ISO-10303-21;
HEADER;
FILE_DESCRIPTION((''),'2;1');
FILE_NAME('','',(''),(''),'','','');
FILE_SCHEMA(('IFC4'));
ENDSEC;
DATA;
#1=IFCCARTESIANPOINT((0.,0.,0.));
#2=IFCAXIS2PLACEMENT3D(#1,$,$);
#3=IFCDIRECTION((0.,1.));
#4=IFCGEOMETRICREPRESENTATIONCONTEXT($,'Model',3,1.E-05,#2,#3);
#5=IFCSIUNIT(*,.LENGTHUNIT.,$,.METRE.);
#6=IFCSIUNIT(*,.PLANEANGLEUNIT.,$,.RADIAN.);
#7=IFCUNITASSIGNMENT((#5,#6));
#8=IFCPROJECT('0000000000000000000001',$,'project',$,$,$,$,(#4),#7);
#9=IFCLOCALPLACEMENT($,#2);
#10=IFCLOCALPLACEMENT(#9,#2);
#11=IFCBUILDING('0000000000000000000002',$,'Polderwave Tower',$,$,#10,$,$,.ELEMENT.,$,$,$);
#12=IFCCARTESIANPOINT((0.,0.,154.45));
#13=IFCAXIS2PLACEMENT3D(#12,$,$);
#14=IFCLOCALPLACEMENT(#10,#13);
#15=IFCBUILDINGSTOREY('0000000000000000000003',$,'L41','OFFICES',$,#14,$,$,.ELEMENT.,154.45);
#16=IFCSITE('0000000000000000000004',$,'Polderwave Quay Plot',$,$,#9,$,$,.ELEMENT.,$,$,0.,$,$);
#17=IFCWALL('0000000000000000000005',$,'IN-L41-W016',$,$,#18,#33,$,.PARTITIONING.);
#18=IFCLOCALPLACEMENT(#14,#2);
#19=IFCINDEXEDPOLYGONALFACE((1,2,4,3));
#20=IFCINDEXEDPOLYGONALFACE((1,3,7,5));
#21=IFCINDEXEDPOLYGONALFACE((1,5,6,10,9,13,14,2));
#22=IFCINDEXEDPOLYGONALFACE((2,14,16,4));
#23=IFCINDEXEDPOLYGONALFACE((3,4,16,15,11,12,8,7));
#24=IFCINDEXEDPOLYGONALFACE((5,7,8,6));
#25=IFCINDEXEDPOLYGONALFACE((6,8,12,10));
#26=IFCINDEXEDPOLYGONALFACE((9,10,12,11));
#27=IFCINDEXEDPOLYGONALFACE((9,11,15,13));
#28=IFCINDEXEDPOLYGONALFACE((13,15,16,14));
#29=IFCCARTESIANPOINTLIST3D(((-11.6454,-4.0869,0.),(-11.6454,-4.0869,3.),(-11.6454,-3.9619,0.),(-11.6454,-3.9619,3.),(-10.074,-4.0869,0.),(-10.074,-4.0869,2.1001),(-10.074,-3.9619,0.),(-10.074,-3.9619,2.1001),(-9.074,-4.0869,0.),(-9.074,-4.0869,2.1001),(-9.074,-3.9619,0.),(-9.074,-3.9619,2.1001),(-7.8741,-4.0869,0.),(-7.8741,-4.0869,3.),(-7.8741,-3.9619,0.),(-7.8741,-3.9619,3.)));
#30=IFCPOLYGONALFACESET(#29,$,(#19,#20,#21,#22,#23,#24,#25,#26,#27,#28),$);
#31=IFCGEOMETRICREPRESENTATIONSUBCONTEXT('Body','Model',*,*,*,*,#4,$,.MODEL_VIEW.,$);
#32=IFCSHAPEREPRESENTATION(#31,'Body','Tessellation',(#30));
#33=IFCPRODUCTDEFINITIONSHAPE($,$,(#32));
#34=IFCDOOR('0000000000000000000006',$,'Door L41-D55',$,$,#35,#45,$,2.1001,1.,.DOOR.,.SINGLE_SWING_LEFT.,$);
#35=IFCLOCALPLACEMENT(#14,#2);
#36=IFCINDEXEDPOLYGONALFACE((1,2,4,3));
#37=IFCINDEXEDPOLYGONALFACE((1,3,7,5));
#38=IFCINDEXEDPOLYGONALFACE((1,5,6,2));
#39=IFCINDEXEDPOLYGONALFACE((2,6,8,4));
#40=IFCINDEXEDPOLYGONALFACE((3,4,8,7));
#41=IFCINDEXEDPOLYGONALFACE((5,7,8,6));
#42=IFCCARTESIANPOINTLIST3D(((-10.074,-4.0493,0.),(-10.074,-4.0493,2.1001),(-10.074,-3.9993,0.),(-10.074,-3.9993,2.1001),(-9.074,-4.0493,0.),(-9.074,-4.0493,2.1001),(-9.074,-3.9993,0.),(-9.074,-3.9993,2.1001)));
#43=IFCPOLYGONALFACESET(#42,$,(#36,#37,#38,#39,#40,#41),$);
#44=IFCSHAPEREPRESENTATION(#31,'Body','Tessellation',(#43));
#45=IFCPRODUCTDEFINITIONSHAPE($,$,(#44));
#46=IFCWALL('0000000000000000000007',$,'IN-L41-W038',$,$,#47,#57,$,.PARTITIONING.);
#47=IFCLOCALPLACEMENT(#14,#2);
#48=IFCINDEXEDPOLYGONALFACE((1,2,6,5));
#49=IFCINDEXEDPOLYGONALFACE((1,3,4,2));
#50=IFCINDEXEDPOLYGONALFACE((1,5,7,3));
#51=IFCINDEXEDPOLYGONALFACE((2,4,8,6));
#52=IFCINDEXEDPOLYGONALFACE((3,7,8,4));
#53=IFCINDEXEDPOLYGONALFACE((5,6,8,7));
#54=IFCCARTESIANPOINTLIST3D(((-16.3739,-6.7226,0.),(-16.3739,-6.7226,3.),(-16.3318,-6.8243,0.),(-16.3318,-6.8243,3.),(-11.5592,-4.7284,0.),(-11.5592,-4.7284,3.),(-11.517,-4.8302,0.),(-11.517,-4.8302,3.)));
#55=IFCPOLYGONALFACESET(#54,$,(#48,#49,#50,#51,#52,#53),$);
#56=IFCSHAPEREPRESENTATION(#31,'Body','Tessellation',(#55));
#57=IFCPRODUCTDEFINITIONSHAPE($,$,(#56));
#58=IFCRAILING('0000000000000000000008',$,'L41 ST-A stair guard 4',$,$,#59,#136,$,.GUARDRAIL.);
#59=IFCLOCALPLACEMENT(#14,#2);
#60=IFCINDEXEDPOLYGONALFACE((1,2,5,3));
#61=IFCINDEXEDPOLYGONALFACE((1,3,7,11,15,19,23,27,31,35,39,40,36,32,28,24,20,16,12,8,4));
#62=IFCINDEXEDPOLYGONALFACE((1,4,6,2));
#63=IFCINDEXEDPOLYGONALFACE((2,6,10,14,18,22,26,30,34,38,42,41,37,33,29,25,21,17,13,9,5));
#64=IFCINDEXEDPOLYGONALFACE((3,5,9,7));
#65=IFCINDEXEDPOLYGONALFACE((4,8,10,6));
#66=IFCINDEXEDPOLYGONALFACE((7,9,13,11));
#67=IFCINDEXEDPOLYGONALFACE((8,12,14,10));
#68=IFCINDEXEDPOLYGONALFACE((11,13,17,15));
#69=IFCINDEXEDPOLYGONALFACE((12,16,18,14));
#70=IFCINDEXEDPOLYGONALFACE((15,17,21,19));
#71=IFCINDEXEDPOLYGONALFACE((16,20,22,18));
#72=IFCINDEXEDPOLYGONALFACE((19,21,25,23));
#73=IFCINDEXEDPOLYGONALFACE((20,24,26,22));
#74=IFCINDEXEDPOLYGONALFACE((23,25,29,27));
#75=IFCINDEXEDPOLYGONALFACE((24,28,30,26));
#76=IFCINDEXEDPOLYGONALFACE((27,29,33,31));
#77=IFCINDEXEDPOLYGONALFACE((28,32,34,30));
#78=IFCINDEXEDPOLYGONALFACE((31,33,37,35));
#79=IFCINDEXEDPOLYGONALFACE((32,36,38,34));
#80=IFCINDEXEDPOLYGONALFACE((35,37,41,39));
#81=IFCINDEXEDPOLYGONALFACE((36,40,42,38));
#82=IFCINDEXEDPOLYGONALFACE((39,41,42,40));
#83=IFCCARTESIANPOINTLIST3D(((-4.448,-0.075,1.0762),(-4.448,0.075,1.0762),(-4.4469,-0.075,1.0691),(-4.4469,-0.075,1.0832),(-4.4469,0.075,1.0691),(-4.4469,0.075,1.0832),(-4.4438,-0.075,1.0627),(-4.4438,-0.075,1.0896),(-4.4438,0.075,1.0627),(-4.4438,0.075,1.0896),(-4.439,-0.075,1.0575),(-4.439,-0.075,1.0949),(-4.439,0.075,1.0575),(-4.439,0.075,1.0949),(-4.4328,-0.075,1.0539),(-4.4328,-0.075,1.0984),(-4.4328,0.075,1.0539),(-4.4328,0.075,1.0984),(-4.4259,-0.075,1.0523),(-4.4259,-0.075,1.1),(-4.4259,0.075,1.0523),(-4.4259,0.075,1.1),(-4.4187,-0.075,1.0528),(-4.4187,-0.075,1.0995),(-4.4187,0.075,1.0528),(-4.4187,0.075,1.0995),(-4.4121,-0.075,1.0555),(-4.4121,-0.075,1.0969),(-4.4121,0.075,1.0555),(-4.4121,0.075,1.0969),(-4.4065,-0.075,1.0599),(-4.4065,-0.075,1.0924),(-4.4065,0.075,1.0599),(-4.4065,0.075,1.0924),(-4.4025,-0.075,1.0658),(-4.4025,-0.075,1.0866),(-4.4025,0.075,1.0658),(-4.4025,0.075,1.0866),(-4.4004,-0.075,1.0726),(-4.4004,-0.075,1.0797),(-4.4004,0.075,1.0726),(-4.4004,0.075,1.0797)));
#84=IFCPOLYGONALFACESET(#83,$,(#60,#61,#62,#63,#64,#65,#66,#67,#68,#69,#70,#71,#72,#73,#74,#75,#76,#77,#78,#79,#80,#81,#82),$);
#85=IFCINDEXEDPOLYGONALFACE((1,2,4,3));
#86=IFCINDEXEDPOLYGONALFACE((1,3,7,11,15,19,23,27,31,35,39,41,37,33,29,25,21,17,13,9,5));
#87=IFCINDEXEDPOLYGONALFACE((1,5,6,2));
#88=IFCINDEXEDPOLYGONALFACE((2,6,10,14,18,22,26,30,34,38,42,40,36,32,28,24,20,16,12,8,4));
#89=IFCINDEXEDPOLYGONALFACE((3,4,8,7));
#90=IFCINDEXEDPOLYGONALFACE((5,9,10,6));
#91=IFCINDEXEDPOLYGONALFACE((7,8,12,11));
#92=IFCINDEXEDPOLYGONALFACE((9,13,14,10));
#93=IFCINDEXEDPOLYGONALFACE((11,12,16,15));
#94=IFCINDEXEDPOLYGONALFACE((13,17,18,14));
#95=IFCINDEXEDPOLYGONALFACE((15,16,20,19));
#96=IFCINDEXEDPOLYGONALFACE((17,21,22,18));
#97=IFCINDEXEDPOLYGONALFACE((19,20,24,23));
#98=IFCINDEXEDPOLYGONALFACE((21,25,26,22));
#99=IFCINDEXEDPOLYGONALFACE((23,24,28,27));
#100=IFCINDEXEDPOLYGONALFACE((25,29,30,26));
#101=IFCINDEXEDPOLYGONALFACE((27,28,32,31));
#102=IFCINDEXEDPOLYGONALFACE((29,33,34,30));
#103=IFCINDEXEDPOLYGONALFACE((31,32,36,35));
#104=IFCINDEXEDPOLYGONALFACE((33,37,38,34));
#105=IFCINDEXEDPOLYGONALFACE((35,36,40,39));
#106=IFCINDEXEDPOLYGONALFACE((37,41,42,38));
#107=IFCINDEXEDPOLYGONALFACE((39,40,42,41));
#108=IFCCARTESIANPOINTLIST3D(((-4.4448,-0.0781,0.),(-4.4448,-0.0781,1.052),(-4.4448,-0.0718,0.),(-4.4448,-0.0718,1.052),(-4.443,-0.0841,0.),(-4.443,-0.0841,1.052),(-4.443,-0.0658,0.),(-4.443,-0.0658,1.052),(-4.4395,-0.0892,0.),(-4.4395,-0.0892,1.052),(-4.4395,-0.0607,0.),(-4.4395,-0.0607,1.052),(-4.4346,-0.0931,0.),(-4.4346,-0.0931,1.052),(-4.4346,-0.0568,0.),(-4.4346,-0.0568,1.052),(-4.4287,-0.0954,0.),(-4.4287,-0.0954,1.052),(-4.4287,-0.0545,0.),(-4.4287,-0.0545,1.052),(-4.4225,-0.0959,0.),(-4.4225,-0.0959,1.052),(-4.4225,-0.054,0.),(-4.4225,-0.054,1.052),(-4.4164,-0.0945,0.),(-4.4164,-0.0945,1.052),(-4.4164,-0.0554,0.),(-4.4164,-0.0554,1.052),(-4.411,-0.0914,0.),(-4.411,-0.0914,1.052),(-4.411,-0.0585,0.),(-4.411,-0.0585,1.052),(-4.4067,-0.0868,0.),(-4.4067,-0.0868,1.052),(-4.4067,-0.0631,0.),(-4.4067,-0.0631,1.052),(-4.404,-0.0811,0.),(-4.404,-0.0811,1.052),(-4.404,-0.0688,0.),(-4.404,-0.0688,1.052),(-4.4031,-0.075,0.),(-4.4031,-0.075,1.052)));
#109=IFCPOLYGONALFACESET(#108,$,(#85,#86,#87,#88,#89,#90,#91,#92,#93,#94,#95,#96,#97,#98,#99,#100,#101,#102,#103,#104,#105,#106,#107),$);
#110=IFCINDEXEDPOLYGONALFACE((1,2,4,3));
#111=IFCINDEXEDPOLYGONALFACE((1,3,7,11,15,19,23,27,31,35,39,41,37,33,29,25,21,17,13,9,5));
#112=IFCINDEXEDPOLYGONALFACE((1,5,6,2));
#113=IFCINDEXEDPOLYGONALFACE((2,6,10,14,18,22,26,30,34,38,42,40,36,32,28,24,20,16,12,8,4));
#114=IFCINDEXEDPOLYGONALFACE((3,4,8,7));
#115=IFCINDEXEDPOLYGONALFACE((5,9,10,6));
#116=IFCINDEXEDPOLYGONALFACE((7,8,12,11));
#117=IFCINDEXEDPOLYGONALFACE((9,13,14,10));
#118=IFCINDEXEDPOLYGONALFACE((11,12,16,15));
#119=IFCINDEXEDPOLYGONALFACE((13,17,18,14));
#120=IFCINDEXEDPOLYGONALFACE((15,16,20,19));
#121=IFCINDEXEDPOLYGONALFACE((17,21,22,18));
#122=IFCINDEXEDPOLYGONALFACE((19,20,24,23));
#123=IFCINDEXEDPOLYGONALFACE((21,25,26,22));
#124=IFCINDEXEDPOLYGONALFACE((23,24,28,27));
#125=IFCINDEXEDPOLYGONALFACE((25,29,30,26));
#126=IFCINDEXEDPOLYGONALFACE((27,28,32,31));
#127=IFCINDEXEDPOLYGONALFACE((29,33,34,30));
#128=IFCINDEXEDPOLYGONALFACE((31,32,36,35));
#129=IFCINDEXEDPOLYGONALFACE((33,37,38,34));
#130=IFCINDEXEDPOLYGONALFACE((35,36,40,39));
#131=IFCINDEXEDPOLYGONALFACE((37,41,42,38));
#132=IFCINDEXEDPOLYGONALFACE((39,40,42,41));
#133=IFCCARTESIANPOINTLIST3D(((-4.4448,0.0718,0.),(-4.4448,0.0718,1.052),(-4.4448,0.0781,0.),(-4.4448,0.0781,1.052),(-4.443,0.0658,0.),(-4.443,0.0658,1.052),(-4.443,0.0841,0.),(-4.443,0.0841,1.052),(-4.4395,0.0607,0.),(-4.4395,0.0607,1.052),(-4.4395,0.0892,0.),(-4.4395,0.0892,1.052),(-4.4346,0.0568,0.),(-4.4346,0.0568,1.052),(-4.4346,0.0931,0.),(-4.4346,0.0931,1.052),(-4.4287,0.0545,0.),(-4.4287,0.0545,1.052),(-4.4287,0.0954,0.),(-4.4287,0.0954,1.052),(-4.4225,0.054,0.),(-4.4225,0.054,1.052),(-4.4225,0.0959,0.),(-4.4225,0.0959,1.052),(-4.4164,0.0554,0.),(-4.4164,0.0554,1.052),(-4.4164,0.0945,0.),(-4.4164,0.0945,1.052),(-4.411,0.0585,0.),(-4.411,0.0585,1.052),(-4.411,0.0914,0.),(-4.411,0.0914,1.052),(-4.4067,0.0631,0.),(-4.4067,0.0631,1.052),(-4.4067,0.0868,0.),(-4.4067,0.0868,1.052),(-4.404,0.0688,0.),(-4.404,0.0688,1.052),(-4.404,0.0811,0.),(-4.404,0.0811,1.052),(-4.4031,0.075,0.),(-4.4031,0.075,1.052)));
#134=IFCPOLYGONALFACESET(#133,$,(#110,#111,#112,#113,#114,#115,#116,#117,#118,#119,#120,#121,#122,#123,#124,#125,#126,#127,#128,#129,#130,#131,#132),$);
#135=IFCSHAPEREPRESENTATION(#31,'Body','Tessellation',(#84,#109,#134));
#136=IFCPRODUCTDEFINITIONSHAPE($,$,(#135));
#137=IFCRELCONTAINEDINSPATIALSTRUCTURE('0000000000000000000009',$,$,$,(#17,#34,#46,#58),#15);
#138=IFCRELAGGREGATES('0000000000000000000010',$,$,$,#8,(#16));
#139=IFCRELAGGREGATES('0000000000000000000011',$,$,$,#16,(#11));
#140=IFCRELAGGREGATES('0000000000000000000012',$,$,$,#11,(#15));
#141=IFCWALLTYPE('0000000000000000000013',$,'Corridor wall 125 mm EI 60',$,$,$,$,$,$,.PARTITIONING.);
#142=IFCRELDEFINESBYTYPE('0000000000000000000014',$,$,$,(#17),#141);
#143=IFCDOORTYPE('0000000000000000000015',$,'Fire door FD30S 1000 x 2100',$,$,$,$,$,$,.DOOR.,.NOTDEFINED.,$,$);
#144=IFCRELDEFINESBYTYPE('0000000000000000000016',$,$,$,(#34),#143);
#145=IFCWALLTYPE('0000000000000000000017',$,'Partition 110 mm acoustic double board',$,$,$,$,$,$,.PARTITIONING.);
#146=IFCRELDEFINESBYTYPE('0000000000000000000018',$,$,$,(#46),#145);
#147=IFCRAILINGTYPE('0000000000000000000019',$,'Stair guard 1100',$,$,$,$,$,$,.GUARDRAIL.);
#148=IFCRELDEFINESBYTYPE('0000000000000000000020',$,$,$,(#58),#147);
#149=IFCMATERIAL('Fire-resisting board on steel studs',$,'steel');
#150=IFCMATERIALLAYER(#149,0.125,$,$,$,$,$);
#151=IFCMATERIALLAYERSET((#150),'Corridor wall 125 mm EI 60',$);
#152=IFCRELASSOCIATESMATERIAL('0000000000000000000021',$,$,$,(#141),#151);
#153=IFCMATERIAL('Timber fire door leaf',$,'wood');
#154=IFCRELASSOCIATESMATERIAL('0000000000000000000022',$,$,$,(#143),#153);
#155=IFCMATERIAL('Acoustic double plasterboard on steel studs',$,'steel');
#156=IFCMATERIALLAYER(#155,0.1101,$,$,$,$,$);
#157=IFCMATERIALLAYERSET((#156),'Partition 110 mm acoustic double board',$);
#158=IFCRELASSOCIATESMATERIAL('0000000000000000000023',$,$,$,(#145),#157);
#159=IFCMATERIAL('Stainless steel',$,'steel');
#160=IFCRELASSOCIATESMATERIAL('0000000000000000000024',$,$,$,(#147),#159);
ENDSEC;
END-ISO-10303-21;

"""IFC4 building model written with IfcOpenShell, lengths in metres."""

from ifc_helpers import new_model, si_unit, direction, frame, frame_2d, origin, origin_2d, place, context, subcontext, project, spatial, rectangle, circle, extrude, material, layer, layer_set, type_object, element, fill, save


model = new_model("IFC4")

# Units and contexts
model_context = context("Model", 3, precision=1e-05, world=origin(), true_north=direction((0.0, 1.0)))
body_context = subcontext(model_context, "Body", "Model", "MODEL_VIEW")
ifc_project = project(units=[si_unit("LENGTHUNIT", "METRE"), si_unit("PLANEANGLEUNIT", "RADIAN")], contexts=[model_context])

# Site, building, storey
site_placement = place(None, origin())
site = spatial("IfcSite", under=ifc_project, at=site_placement, Name="Polderwave Quay Plot", CompositionType="ELEMENT", RefElevation=0.0)
building_placement = place(site_placement, origin())
building = spatial("IfcBuilding", under=site, at=building_placement, Name="Polderwave Tower", CompositionType="ELEMENT")
storey_placement = place(building_placement, frame((0.0, 0.0, 154.45)))
storey = spatial("IfcBuildingStorey", under=building, at=storey_placement, Name="L41", Description="OFFICES", CompositionType="ELEMENT", Elevation=154.45)

# Shared definitions
ifc_material_1 = material(Name="Stainless steel", Category="steel")

# Wall, opening, door
ifc_material_2 = material(Name="Fire-resisting board on steel studs", Category="steel")
ifc_layer_1 = layer(ifc_material_2, 0.125)
ifc_layer_set_1 = layer_set([ifc_layer_1], Name="Corridor wall 125 mm EI 60")
wall_type_1 = type_object("IfcWallType", Name="Corridor wall 125 mm EI 60", PredefinedType="PARTITIONING", material=ifc_layer_set_1)
wall_1_placement = place(storey_placement, frame((-7.874, -4.0244, 0.0), z_axis=(0.0, 0.0, 1.0), x_axis=(-1.0, 0.0, 0.0)))
wall_1 = element("IfcWall", 1, at=wall_1_placement, inside=storey, type_object=wall_type_1, Name="IN-L41-W016", PredefinedType="PARTITIONING", context=body_context, shape_type="SweptSolid", body=[
    extrude(rectangle(XDim=3.7712, YDim=0.125, at=frame_2d((1.8857, 0.0))), origin(), (0.0, 0.0, 1.0), 3.0),
])
opening_1_placement = place(wall_1_placement, frame((1.2, 0.0, 0.0)))
opening_1 = element("IfcOpeningElement", 2, at=opening_1_placement, cuts=wall_1, PredefinedType="OPENING", context=body_context, shape_type="SweptSolid", body=[
    extrude(rectangle(XDim=1.0, YDim=2.1001, at=frame_2d((0.5, 1.05))), frame((0.0, 0.0725, 0.0), z_axis=(0.0, -1.0, 0.0), x_axis=(1.0, 0.0, 0.0)), (0.0, 0.0, 1.0), 0.145),
])
ifc_material_3 = material(Name="Timber fire door leaf", Category="wood")
door_type_1 = type_object("IfcDoorType", Name="Fire door FD30S 1000 x 2100", OperationType="NOTDEFINED", PredefinedType="DOOR", material=ifc_material_3)
door_1_placement = place(opening_1_placement, origin())
door_1 = element("IfcDoor", 3, at=door_1_placement, inside=storey, type_object=door_type_1, Name="Door L41-D55", OperationType="SINGLE_SWING_LEFT", OverallHeight=2.1001, OverallWidth=1.0, PredefinedType="DOOR", context=body_context, shape_type="SweptSolid", body=[
    extrude(rectangle(XDim=1.0, YDim=2.1001, at=frame_2d((0.5, 1.05))), frame((0.0, 0.0249, 0.0), z_axis=(0.0, -1.0, 0.0), x_axis=(1.0, 0.0, 0.0)), (0.0, 0.0, 1.0), 0.05),
])
fill(opening_1, door_1)

# Wall
ifc_material_4 = material(Name="Acoustic double plasterboard on steel studs", Category="steel")
ifc_layer_2 = layer(ifc_material_4, 0.1101)
ifc_layer_set_2 = layer_set([ifc_layer_2], Name="Partition 110 mm acoustic double board")
wall_type_2 = type_object("IfcWallType", Name="Partition 110 mm acoustic double board", PredefinedType="PARTITIONING", material=ifc_layer_set_2)
wall_2_placement = place(storey_placement, frame((-11.5381, -4.7793, 0.0), z_axis=(0.0, 0.0, 1.0), x_axis=(-0.923891, -0.382655, 0.0)))
element("IfcWall", 4, at=wall_2_placement, inside=storey, type_object=wall_type_2, Name="IN-L41-W038", PredefinedType="PARTITIONING", context=body_context, shape_type="SweptSolid", body=[
    extrude(rectangle(XDim=5.2114, YDim=0.1101, at=frame_2d((2.6057, 0.0))), origin(), (0.0, 0.0, 1.0), 3.0),
])

# Railing
railing_type = type_object("IfcRailingType", Name="Stair guard 1100", PredefinedType="GUARDRAIL", material=ifc_material_1)
railing_placement = place(storey_placement, frame((-4.4241, -0.075, 0.0)))
element("IfcRailing", 5, at=railing_placement, inside=storey, type_object=railing_type, Name="L41 ST-A stair guard 4", PredefinedType="GUARDRAIL", context=body_context, shape_type="SweptSolid", body=[
    extrude(circle(Radius=0.0239, at=origin_2d()), frame((0.0, 0.0, 1.0762), z_axis=(0.0, 1.0, 0.0), x_axis=(-1.0, 0.0, 0.0)), (0.0, 0.0, 1.0), 0.1499),
    extrude(circle(Radius=0.021, at=origin_2d()), origin(), (0.0, 0.0, 1.0), 1.052),
    extrude(circle(Radius=0.021, at=origin_2d()), frame((0.0, 0.1499, 0.0)), (0.0, 0.0, 1.0), 1.052),
])

save(model, "model.ifc")
